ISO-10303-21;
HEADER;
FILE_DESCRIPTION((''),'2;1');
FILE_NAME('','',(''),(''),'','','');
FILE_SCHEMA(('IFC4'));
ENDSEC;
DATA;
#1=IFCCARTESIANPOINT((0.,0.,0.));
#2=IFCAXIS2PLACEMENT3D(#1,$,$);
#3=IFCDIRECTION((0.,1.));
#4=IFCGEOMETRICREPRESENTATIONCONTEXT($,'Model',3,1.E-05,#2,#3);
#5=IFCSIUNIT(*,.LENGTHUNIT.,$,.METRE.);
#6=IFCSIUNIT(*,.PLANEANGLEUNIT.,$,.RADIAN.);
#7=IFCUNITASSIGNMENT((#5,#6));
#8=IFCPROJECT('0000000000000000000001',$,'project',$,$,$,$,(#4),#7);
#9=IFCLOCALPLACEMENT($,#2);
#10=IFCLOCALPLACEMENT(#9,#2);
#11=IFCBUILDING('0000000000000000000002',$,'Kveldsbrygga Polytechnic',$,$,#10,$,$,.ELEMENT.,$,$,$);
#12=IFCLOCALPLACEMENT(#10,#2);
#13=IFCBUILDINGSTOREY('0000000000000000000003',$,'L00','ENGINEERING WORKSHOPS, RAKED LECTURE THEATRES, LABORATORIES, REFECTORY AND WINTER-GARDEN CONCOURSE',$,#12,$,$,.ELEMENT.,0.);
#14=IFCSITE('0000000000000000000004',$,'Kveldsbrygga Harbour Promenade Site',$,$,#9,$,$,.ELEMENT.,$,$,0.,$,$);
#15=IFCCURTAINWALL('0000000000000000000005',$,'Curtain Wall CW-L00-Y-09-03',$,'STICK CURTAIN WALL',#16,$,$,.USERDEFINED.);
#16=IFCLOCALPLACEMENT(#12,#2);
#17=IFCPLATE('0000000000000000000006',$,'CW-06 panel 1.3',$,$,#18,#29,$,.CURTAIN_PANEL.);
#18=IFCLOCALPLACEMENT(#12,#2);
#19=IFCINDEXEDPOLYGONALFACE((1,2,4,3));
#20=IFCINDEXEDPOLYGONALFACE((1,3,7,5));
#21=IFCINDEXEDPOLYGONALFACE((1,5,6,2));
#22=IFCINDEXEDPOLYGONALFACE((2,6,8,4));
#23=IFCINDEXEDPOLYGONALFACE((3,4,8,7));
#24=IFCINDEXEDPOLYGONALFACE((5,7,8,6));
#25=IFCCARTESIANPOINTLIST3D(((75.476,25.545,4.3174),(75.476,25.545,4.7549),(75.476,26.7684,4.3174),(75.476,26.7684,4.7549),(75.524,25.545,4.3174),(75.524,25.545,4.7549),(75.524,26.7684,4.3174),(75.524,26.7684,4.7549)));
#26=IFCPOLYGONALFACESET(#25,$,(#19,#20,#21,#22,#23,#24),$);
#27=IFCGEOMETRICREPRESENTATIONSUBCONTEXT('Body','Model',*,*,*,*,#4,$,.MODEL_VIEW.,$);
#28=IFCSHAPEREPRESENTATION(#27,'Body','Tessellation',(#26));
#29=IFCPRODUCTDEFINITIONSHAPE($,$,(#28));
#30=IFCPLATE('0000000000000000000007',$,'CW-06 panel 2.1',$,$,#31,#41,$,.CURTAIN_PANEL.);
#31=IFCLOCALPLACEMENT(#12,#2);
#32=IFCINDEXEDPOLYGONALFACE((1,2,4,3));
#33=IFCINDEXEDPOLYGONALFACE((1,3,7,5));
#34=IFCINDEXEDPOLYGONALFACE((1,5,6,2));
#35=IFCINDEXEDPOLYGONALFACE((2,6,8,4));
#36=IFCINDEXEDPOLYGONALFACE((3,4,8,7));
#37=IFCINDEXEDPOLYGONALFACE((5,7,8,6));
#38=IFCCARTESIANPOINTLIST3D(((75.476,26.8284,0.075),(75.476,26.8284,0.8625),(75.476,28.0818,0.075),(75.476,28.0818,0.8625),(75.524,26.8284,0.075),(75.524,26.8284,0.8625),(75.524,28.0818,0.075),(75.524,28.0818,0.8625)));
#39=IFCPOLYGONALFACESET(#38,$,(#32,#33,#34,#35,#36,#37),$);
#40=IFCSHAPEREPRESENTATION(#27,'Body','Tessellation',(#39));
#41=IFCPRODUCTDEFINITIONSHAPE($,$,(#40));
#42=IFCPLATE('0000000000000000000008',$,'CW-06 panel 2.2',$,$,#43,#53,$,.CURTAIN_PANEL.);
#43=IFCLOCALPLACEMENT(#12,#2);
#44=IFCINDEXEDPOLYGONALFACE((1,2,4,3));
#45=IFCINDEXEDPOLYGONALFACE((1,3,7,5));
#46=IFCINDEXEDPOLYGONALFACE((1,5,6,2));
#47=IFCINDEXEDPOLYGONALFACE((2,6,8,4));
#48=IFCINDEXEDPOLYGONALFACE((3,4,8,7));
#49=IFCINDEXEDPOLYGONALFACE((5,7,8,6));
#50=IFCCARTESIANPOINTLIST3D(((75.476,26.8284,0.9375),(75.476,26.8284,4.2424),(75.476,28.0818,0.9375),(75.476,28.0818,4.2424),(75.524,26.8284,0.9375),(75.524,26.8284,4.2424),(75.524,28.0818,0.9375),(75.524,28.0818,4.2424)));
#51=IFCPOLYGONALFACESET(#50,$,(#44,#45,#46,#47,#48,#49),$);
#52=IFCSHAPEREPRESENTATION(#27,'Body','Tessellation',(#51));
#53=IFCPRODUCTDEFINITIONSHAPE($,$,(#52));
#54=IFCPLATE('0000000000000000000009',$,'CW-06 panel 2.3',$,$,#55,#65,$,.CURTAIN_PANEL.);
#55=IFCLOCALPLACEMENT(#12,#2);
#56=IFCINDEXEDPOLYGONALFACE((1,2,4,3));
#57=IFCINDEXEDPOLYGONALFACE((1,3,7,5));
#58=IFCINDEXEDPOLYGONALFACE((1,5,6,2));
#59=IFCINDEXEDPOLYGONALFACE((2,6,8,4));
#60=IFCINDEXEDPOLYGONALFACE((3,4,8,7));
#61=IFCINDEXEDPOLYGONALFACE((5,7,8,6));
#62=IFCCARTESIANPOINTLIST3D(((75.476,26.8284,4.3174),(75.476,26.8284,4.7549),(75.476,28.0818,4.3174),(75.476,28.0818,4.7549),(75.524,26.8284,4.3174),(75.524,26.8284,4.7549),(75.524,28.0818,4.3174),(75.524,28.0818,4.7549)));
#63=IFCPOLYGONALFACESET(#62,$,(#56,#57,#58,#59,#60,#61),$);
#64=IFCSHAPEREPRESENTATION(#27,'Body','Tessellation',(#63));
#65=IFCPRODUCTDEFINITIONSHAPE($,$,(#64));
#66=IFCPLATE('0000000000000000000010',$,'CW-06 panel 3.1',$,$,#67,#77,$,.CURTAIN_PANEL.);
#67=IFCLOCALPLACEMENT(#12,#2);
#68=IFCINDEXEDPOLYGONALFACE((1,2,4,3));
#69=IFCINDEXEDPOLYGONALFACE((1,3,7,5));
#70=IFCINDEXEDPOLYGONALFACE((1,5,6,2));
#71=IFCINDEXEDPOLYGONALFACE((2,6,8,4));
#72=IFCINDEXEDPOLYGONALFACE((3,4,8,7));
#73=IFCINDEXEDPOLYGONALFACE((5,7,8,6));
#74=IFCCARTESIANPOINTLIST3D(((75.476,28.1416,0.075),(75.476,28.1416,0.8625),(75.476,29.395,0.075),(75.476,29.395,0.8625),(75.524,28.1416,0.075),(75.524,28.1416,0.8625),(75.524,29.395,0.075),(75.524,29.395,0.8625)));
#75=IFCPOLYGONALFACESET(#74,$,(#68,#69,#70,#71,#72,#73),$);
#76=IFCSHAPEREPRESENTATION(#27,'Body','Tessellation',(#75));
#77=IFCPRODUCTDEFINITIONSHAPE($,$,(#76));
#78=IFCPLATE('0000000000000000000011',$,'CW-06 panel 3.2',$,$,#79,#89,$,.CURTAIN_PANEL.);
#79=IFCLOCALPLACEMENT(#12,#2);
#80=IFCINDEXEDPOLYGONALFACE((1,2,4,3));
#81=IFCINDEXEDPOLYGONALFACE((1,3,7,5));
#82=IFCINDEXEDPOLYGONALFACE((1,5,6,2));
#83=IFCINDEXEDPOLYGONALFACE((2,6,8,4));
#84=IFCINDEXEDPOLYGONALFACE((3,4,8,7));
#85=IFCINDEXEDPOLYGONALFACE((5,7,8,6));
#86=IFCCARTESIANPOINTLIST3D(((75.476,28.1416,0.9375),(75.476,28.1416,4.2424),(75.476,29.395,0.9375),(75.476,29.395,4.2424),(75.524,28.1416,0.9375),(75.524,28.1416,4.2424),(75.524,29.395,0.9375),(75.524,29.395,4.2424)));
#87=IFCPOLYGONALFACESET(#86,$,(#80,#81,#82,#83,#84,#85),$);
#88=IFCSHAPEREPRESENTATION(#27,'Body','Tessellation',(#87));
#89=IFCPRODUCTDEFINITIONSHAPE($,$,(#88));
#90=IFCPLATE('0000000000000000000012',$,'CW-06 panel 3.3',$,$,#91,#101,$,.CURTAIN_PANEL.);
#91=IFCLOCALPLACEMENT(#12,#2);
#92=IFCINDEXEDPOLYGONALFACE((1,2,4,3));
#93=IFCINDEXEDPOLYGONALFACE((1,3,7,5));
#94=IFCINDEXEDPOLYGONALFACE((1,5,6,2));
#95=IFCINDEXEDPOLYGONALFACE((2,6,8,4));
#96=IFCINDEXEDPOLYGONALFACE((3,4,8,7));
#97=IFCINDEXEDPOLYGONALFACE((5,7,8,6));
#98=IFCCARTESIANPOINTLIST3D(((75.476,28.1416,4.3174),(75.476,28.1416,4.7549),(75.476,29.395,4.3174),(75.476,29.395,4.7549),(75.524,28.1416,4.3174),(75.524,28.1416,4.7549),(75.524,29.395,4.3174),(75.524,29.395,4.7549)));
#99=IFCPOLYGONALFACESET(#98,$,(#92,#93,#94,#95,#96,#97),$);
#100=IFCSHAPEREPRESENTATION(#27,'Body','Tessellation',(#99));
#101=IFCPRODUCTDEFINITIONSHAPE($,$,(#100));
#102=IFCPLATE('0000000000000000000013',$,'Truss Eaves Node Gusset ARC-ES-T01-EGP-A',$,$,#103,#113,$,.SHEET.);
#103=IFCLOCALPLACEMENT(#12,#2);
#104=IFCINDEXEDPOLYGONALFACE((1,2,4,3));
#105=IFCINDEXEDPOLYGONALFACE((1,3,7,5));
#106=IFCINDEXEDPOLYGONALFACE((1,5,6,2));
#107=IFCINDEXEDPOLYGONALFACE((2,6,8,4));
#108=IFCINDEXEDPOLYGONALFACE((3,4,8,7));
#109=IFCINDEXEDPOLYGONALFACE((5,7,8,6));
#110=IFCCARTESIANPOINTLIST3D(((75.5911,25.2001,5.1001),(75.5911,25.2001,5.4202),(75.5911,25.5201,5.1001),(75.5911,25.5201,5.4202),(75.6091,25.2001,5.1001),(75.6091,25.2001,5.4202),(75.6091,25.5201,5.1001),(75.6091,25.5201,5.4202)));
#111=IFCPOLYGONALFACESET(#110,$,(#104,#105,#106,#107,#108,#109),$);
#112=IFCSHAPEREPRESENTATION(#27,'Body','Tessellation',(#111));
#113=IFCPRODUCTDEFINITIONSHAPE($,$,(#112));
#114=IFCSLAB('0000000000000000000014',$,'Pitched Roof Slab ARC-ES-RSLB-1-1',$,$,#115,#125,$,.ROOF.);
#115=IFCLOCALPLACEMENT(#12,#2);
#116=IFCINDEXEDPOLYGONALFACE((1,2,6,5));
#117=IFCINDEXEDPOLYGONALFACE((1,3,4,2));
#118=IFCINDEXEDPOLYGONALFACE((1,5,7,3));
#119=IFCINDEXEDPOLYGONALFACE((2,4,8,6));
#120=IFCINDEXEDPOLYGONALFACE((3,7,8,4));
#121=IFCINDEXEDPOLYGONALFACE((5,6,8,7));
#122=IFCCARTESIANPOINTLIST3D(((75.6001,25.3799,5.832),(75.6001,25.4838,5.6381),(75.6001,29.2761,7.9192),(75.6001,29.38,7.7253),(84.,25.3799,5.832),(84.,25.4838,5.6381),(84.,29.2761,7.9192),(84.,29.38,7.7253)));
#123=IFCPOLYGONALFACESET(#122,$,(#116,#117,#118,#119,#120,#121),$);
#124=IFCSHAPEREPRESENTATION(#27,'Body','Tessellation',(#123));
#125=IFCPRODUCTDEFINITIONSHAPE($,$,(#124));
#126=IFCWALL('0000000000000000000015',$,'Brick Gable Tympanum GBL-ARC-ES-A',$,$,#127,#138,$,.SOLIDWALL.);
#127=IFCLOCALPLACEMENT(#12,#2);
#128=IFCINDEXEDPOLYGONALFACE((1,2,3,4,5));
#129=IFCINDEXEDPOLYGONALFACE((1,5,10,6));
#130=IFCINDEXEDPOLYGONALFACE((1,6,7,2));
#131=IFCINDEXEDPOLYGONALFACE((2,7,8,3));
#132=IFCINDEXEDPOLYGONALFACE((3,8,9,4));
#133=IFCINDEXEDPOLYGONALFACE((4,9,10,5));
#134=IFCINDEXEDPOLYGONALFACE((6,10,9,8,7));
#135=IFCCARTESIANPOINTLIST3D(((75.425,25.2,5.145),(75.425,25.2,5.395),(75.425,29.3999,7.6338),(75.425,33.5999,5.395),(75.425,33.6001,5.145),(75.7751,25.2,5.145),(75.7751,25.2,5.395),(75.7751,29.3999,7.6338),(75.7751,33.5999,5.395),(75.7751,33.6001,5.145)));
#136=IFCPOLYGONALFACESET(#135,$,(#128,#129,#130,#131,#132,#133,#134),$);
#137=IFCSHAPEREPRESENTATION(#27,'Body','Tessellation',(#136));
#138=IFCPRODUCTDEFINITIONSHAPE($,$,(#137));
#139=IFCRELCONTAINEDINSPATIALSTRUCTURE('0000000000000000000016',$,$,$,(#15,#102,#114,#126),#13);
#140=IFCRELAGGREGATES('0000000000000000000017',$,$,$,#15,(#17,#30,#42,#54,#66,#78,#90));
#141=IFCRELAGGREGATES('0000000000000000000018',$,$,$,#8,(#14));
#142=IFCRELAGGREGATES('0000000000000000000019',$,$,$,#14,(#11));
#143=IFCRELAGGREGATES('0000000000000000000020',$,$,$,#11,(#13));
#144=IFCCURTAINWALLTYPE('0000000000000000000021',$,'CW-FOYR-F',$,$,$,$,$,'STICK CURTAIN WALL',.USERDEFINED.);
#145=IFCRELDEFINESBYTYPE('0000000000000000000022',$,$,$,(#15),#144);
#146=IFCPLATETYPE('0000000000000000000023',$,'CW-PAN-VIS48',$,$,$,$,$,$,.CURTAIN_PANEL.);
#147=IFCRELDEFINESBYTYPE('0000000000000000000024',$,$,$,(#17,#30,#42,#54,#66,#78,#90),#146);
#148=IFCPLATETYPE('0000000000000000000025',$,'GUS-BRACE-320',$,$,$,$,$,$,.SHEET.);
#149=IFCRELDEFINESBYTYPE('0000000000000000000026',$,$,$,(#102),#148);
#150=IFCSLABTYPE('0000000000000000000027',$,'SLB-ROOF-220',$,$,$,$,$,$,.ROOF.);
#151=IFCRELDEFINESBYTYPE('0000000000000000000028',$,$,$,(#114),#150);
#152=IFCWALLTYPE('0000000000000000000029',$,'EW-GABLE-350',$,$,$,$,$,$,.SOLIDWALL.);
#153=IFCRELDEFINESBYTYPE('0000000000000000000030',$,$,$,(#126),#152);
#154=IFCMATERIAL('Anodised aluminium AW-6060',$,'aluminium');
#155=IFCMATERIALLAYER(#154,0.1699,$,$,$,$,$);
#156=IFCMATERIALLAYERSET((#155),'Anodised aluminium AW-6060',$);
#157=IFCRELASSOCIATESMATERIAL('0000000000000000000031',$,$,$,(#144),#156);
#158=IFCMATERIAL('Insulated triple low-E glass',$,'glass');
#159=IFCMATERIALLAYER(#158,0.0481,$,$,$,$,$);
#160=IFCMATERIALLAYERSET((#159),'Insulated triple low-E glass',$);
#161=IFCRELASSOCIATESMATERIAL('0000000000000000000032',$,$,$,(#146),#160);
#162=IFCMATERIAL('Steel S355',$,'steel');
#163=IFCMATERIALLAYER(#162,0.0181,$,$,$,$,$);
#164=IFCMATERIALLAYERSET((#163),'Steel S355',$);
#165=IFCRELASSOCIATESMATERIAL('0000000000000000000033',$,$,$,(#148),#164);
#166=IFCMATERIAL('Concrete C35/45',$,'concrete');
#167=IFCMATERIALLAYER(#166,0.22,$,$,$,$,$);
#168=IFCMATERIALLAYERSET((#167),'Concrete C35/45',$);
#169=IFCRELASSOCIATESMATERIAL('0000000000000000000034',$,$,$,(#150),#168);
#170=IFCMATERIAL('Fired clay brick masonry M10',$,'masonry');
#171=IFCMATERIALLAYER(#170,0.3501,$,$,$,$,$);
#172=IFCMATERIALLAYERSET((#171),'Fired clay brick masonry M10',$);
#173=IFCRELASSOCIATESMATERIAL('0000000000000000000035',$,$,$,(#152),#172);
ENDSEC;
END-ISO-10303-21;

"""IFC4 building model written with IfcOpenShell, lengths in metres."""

from ifc_helpers import new_model, si_unit, direction, frame, origin, origin_2d, place, context, subcontext, project, spatial, polyline, rectangle, outline, extrude, material, layer, layer_set, type_object, element, aggregate, save


model = new_model("IFC4")

# Units and contexts
model_context = context("Model", 3, precision=1e-05, world=origin(), true_north=direction((0.0, 1.0)))
body_context = subcontext(model_context, "Body", "Model", "MODEL_VIEW")
ifc_project = project(units=[si_unit("LENGTHUNIT", "METRE"), si_unit("PLANEANGLEUNIT", "RADIAN")], contexts=[model_context])

# Site, building, storey
site_placement = place(None, origin())
site = spatial("IfcSite", under=ifc_project, at=site_placement, Name="Kveldsbrygga Harbour Promenade Site", CompositionType="ELEMENT", RefElevation=0.0)
building_placement = place(site_placement, origin())
building = spatial("IfcBuilding", under=site, at=building_placement, Name="Kveldsbrygga Polytechnic", CompositionType="ELEMENT")
storey_placement = place(building_placement, origin())
storey = spatial("IfcBuildingStorey", under=building, at=storey_placement, Name="L00", Description="ENGINEERING WORKSHOPS, RAKED LECTURE THEATRES, LABORATORIES, REFECTORY AND WINTER-GARDEN CONCOURSE", CompositionType="ELEMENT", Elevation=0.0)

# Shared definitions
ifc_material_1 = material(Name="Concrete C35/45", Category="concrete")
ifc_material_2 = material(Name="Steel S355", Category="steel")

# Curtain wall
ifc_material_3 = material(Name="Anodised aluminium AW-6060", Category="aluminium")
ifc_layer_1 = layer(ifc_material_3, 0.1699)
ifc_layer_set_1 = layer_set([ifc_layer_1], Name="Anodised aluminium AW-6060")
curtain_wall_type = type_object("IfcCurtainWallType", Name="CW-FOYR-F", ElementType="STICK CURTAIN WALL", PredefinedType="USERDEFINED", material=ifc_layer_set_1)
curtain_wall_placement = place(storey_placement, origin())
curtain_wall = element("IfcCurtainWall", 1, at=curtain_wall_placement, inside=storey, type_object=curtain_wall_type, Name="Curtain Wall CW-L00-Y-09-03", ObjectType="STICK CURTAIN WALL", PredefinedType="USERDEFINED")

# Plates
ifc_material_4 = material(Name="Insulated triple low-E glass", Category="glass")
ifc_layer_2 = layer(ifc_material_4, 0.0481)
ifc_layer_set_2 = layer_set([ifc_layer_2], Name="Insulated triple low-E glass")
plate_type_1 = type_object("IfcPlateType", Name="CW-PAN-VIS48", PredefinedType="CURTAIN_PANEL", material=ifc_layer_set_2)
plate_1_placement = place(storey_placement, frame((75.5, 26.1567, 4.3174), z_axis=(0.0, 0.0, 1.0), x_axis=(0.0, 1.0, 0.0)))
plate_1 = element("IfcPlate", 2, at=plate_1_placement, type_object=plate_type_1, Name="CW-06 panel 1.3", PredefinedType="CURTAIN_PANEL", context=body_context, shape_type="SweptSolid", body=[
    extrude(rectangle(XDim=1.2234, YDim=0.0481, at=origin_2d()), origin(), (0.0, 0.0, 1.0), 0.4375),
])
plate_2_placement = place(storey_placement, frame((75.5, 27.4551, 0.075), z_axis=(0.0, 0.0, 1.0), x_axis=(0.0, 1.0, 0.0)))
plate_2 = element("IfcPlate", 3, at=plate_2_placement, type_object=plate_type_1, Name="CW-06 panel 2.1", PredefinedType="CURTAIN_PANEL", context=body_context, shape_type="SweptSolid", body=[
    extrude(rectangle(XDim=1.2534, YDim=0.0481, at=origin_2d()), origin(), (0.0, 0.0, 1.0), 0.7876),
])
plate_3_placement = place(storey_placement, frame((75.5, 27.4551, 0.9375), z_axis=(0.0, 0.0, 1.0), x_axis=(0.0, 1.0, 0.0)))
plate_3 = element("IfcPlate", 4, at=plate_3_placement, type_object=plate_type_1, Name="CW-06 panel 2.2", PredefinedType="CURTAIN_PANEL", context=body_context, shape_type="SweptSolid", body=[
    extrude(rectangle(XDim=1.2534, YDim=0.0481, at=origin_2d()), origin(), (0.0, 0.0, 1.0), 3.3049),
])
plate_4_placement = place(storey_placement, frame((75.5, 27.4551, 4.3174), z_axis=(0.0, 0.0, 1.0), x_axis=(0.0, 1.0, 0.0)))
plate_4 = element("IfcPlate", 5, at=plate_4_placement, type_object=plate_type_1, Name="CW-06 panel 2.3", PredefinedType="CURTAIN_PANEL", context=body_context, shape_type="SweptSolid", body=[
    extrude(rectangle(XDim=1.2534, YDim=0.0481, at=origin_2d()), origin(), (0.0, 0.0, 1.0), 0.4375),
])
plate_5_placement = place(storey_placement, frame((75.5, 28.7683, 0.075), z_axis=(0.0, 0.0, 1.0), x_axis=(0.0, 1.0, 0.0)))
plate_5 = element("IfcPlate", 6, at=plate_5_placement, type_object=plate_type_1, Name="CW-06 panel 3.1", PredefinedType="CURTAIN_PANEL", context=body_context, shape_type="SweptSolid", body=[
    extrude(rectangle(XDim=1.2534, YDim=0.0481, at=origin_2d()), origin(), (0.0, 0.0, 1.0), 0.7876),
])
plate_6_placement = place(storey_placement, frame((75.5, 28.7683, 0.9375), z_axis=(0.0, 0.0, 1.0), x_axis=(0.0, 1.0, 0.0)))
plate_6 = element("IfcPlate", 7, at=plate_6_placement, type_object=plate_type_1, Name="CW-06 panel 3.2", PredefinedType="CURTAIN_PANEL", context=body_context, shape_type="SweptSolid", body=[
    extrude(rectangle(XDim=1.2534, YDim=0.0481, at=origin_2d()), origin(), (0.0, 0.0, 1.0), 3.3049),
])
plate_7_placement = place(storey_placement, frame((75.5, 28.7683, 4.3174), z_axis=(0.0, 0.0, 1.0), x_axis=(0.0, 1.0, 0.0)))
plate_7 = element("IfcPlate", 8, at=plate_7_placement, type_object=plate_type_1, Name="CW-06 panel 3.3", PredefinedType="CURTAIN_PANEL", context=body_context, shape_type="SweptSolid", body=[
    extrude(rectangle(XDim=1.2534, YDim=0.0481, at=origin_2d()), origin(), (0.0, 0.0, 1.0), 0.4375),
])
aggregate(curtain_wall, [plate_1, plate_2, plate_3, plate_4, plate_5, plate_6, plate_7])
ifc_layer_3 = layer(ifc_material_2, 0.0181)
ifc_layer_set_3 = layer_set([ifc_layer_3], Name="Steel S355")
plate_type_2 = type_object("IfcPlateType", Name="GUS-BRACE-320", PredefinedType="SHEET", material=ifc_layer_set_3)
plate_8_placement = place(storey_placement, frame((75.6001, 25.3601, 5.1001), z_axis=(0.0, 0.0, 1.0), x_axis=(1.0, 0.0, 0.0)))
element("IfcPlate", 9, at=plate_8_placement, inside=storey, type_object=plate_type_2, Name="Truss Eaves Node Gusset ARC-ES-T01-EGP-A", PredefinedType="SHEET", context=body_context, shape_type="SweptSolid", body=[
    extrude(rectangle(XDim=0.0181, YDim=0.3201, at=origin_2d()), origin(), (0.0, 0.0, 1.0), 0.3201),
])

# Slab
ifc_layer_4 = layer(ifc_material_1, 0.22)
ifc_layer_set_4 = layer_set([ifc_layer_4], Name="Concrete C35/45")
slab_type = type_object("IfcSlabType", Name="SLB-ROOF-220", PredefinedType="ROOF", material=ifc_layer_set_4)
slab_placement = place(storey_placement, frame((75.6001, 25.3799, 5.832), z_axis=(0.0, -0.472201, 0.881491), x_axis=(1.0, 0.0, 0.0)))
element("IfcSlab", 10, at=slab_placement, inside=storey, type_object=slab_type, Name="Pitched Roof Slab ARC-ES-RSLB-1-1", PredefinedType="ROOF", context=body_context, shape_type="SweptSolid", body=[
    extrude(outline(polyline([(0.0, 0.0), (8.3999, 0.0), (8.3999, 4.4201), (0.0, 4.4201), (0.0, 0.0)])), origin(), (0.0, 0.0, -1.0), 0.22),
])

# Wall
ifc_material_5 = material(Name="Fired clay brick masonry M10", Category="masonry")
ifc_layer_5 = layer(ifc_material_5, 0.3501)
ifc_layer_set_5 = layer_set([ifc_layer_5], Name="Fired clay brick masonry M10")
wall_type = type_object("IfcWallType", Name="EW-GABLE-350", PredefinedType="SOLIDWALL", material=ifc_layer_set_5)
wall_placement = place(storey_placement, frame((75.6001, 25.2, 5.145), z_axis=(0.0, 0.0, 1.0), x_axis=(0.0, 1.0, 0.0)))
element("IfcWall", 11, at=wall_placement, inside=storey, type_object=wall_type, Name="Brick Gable Tympanum GBL-ARC-ES-A", PredefinedType="SOLIDWALL", context=body_context, shape_type="SweptSolid", body=[
    extrude(outline(polyline([(0.0, 0.0), (8.4001, 0.0), (8.3999, 0.25), (4.2, 2.4888), (0.0, 0.25), (0.0, 0.0)])), frame((0.0, 0.175, 0.0), z_axis=(0.0, -1.0, 0.0), x_axis=(1.0, 0.0, 0.0)), (0.0, 0.0, 1.0), 0.3501),
])

save(model, "model.ifc")
